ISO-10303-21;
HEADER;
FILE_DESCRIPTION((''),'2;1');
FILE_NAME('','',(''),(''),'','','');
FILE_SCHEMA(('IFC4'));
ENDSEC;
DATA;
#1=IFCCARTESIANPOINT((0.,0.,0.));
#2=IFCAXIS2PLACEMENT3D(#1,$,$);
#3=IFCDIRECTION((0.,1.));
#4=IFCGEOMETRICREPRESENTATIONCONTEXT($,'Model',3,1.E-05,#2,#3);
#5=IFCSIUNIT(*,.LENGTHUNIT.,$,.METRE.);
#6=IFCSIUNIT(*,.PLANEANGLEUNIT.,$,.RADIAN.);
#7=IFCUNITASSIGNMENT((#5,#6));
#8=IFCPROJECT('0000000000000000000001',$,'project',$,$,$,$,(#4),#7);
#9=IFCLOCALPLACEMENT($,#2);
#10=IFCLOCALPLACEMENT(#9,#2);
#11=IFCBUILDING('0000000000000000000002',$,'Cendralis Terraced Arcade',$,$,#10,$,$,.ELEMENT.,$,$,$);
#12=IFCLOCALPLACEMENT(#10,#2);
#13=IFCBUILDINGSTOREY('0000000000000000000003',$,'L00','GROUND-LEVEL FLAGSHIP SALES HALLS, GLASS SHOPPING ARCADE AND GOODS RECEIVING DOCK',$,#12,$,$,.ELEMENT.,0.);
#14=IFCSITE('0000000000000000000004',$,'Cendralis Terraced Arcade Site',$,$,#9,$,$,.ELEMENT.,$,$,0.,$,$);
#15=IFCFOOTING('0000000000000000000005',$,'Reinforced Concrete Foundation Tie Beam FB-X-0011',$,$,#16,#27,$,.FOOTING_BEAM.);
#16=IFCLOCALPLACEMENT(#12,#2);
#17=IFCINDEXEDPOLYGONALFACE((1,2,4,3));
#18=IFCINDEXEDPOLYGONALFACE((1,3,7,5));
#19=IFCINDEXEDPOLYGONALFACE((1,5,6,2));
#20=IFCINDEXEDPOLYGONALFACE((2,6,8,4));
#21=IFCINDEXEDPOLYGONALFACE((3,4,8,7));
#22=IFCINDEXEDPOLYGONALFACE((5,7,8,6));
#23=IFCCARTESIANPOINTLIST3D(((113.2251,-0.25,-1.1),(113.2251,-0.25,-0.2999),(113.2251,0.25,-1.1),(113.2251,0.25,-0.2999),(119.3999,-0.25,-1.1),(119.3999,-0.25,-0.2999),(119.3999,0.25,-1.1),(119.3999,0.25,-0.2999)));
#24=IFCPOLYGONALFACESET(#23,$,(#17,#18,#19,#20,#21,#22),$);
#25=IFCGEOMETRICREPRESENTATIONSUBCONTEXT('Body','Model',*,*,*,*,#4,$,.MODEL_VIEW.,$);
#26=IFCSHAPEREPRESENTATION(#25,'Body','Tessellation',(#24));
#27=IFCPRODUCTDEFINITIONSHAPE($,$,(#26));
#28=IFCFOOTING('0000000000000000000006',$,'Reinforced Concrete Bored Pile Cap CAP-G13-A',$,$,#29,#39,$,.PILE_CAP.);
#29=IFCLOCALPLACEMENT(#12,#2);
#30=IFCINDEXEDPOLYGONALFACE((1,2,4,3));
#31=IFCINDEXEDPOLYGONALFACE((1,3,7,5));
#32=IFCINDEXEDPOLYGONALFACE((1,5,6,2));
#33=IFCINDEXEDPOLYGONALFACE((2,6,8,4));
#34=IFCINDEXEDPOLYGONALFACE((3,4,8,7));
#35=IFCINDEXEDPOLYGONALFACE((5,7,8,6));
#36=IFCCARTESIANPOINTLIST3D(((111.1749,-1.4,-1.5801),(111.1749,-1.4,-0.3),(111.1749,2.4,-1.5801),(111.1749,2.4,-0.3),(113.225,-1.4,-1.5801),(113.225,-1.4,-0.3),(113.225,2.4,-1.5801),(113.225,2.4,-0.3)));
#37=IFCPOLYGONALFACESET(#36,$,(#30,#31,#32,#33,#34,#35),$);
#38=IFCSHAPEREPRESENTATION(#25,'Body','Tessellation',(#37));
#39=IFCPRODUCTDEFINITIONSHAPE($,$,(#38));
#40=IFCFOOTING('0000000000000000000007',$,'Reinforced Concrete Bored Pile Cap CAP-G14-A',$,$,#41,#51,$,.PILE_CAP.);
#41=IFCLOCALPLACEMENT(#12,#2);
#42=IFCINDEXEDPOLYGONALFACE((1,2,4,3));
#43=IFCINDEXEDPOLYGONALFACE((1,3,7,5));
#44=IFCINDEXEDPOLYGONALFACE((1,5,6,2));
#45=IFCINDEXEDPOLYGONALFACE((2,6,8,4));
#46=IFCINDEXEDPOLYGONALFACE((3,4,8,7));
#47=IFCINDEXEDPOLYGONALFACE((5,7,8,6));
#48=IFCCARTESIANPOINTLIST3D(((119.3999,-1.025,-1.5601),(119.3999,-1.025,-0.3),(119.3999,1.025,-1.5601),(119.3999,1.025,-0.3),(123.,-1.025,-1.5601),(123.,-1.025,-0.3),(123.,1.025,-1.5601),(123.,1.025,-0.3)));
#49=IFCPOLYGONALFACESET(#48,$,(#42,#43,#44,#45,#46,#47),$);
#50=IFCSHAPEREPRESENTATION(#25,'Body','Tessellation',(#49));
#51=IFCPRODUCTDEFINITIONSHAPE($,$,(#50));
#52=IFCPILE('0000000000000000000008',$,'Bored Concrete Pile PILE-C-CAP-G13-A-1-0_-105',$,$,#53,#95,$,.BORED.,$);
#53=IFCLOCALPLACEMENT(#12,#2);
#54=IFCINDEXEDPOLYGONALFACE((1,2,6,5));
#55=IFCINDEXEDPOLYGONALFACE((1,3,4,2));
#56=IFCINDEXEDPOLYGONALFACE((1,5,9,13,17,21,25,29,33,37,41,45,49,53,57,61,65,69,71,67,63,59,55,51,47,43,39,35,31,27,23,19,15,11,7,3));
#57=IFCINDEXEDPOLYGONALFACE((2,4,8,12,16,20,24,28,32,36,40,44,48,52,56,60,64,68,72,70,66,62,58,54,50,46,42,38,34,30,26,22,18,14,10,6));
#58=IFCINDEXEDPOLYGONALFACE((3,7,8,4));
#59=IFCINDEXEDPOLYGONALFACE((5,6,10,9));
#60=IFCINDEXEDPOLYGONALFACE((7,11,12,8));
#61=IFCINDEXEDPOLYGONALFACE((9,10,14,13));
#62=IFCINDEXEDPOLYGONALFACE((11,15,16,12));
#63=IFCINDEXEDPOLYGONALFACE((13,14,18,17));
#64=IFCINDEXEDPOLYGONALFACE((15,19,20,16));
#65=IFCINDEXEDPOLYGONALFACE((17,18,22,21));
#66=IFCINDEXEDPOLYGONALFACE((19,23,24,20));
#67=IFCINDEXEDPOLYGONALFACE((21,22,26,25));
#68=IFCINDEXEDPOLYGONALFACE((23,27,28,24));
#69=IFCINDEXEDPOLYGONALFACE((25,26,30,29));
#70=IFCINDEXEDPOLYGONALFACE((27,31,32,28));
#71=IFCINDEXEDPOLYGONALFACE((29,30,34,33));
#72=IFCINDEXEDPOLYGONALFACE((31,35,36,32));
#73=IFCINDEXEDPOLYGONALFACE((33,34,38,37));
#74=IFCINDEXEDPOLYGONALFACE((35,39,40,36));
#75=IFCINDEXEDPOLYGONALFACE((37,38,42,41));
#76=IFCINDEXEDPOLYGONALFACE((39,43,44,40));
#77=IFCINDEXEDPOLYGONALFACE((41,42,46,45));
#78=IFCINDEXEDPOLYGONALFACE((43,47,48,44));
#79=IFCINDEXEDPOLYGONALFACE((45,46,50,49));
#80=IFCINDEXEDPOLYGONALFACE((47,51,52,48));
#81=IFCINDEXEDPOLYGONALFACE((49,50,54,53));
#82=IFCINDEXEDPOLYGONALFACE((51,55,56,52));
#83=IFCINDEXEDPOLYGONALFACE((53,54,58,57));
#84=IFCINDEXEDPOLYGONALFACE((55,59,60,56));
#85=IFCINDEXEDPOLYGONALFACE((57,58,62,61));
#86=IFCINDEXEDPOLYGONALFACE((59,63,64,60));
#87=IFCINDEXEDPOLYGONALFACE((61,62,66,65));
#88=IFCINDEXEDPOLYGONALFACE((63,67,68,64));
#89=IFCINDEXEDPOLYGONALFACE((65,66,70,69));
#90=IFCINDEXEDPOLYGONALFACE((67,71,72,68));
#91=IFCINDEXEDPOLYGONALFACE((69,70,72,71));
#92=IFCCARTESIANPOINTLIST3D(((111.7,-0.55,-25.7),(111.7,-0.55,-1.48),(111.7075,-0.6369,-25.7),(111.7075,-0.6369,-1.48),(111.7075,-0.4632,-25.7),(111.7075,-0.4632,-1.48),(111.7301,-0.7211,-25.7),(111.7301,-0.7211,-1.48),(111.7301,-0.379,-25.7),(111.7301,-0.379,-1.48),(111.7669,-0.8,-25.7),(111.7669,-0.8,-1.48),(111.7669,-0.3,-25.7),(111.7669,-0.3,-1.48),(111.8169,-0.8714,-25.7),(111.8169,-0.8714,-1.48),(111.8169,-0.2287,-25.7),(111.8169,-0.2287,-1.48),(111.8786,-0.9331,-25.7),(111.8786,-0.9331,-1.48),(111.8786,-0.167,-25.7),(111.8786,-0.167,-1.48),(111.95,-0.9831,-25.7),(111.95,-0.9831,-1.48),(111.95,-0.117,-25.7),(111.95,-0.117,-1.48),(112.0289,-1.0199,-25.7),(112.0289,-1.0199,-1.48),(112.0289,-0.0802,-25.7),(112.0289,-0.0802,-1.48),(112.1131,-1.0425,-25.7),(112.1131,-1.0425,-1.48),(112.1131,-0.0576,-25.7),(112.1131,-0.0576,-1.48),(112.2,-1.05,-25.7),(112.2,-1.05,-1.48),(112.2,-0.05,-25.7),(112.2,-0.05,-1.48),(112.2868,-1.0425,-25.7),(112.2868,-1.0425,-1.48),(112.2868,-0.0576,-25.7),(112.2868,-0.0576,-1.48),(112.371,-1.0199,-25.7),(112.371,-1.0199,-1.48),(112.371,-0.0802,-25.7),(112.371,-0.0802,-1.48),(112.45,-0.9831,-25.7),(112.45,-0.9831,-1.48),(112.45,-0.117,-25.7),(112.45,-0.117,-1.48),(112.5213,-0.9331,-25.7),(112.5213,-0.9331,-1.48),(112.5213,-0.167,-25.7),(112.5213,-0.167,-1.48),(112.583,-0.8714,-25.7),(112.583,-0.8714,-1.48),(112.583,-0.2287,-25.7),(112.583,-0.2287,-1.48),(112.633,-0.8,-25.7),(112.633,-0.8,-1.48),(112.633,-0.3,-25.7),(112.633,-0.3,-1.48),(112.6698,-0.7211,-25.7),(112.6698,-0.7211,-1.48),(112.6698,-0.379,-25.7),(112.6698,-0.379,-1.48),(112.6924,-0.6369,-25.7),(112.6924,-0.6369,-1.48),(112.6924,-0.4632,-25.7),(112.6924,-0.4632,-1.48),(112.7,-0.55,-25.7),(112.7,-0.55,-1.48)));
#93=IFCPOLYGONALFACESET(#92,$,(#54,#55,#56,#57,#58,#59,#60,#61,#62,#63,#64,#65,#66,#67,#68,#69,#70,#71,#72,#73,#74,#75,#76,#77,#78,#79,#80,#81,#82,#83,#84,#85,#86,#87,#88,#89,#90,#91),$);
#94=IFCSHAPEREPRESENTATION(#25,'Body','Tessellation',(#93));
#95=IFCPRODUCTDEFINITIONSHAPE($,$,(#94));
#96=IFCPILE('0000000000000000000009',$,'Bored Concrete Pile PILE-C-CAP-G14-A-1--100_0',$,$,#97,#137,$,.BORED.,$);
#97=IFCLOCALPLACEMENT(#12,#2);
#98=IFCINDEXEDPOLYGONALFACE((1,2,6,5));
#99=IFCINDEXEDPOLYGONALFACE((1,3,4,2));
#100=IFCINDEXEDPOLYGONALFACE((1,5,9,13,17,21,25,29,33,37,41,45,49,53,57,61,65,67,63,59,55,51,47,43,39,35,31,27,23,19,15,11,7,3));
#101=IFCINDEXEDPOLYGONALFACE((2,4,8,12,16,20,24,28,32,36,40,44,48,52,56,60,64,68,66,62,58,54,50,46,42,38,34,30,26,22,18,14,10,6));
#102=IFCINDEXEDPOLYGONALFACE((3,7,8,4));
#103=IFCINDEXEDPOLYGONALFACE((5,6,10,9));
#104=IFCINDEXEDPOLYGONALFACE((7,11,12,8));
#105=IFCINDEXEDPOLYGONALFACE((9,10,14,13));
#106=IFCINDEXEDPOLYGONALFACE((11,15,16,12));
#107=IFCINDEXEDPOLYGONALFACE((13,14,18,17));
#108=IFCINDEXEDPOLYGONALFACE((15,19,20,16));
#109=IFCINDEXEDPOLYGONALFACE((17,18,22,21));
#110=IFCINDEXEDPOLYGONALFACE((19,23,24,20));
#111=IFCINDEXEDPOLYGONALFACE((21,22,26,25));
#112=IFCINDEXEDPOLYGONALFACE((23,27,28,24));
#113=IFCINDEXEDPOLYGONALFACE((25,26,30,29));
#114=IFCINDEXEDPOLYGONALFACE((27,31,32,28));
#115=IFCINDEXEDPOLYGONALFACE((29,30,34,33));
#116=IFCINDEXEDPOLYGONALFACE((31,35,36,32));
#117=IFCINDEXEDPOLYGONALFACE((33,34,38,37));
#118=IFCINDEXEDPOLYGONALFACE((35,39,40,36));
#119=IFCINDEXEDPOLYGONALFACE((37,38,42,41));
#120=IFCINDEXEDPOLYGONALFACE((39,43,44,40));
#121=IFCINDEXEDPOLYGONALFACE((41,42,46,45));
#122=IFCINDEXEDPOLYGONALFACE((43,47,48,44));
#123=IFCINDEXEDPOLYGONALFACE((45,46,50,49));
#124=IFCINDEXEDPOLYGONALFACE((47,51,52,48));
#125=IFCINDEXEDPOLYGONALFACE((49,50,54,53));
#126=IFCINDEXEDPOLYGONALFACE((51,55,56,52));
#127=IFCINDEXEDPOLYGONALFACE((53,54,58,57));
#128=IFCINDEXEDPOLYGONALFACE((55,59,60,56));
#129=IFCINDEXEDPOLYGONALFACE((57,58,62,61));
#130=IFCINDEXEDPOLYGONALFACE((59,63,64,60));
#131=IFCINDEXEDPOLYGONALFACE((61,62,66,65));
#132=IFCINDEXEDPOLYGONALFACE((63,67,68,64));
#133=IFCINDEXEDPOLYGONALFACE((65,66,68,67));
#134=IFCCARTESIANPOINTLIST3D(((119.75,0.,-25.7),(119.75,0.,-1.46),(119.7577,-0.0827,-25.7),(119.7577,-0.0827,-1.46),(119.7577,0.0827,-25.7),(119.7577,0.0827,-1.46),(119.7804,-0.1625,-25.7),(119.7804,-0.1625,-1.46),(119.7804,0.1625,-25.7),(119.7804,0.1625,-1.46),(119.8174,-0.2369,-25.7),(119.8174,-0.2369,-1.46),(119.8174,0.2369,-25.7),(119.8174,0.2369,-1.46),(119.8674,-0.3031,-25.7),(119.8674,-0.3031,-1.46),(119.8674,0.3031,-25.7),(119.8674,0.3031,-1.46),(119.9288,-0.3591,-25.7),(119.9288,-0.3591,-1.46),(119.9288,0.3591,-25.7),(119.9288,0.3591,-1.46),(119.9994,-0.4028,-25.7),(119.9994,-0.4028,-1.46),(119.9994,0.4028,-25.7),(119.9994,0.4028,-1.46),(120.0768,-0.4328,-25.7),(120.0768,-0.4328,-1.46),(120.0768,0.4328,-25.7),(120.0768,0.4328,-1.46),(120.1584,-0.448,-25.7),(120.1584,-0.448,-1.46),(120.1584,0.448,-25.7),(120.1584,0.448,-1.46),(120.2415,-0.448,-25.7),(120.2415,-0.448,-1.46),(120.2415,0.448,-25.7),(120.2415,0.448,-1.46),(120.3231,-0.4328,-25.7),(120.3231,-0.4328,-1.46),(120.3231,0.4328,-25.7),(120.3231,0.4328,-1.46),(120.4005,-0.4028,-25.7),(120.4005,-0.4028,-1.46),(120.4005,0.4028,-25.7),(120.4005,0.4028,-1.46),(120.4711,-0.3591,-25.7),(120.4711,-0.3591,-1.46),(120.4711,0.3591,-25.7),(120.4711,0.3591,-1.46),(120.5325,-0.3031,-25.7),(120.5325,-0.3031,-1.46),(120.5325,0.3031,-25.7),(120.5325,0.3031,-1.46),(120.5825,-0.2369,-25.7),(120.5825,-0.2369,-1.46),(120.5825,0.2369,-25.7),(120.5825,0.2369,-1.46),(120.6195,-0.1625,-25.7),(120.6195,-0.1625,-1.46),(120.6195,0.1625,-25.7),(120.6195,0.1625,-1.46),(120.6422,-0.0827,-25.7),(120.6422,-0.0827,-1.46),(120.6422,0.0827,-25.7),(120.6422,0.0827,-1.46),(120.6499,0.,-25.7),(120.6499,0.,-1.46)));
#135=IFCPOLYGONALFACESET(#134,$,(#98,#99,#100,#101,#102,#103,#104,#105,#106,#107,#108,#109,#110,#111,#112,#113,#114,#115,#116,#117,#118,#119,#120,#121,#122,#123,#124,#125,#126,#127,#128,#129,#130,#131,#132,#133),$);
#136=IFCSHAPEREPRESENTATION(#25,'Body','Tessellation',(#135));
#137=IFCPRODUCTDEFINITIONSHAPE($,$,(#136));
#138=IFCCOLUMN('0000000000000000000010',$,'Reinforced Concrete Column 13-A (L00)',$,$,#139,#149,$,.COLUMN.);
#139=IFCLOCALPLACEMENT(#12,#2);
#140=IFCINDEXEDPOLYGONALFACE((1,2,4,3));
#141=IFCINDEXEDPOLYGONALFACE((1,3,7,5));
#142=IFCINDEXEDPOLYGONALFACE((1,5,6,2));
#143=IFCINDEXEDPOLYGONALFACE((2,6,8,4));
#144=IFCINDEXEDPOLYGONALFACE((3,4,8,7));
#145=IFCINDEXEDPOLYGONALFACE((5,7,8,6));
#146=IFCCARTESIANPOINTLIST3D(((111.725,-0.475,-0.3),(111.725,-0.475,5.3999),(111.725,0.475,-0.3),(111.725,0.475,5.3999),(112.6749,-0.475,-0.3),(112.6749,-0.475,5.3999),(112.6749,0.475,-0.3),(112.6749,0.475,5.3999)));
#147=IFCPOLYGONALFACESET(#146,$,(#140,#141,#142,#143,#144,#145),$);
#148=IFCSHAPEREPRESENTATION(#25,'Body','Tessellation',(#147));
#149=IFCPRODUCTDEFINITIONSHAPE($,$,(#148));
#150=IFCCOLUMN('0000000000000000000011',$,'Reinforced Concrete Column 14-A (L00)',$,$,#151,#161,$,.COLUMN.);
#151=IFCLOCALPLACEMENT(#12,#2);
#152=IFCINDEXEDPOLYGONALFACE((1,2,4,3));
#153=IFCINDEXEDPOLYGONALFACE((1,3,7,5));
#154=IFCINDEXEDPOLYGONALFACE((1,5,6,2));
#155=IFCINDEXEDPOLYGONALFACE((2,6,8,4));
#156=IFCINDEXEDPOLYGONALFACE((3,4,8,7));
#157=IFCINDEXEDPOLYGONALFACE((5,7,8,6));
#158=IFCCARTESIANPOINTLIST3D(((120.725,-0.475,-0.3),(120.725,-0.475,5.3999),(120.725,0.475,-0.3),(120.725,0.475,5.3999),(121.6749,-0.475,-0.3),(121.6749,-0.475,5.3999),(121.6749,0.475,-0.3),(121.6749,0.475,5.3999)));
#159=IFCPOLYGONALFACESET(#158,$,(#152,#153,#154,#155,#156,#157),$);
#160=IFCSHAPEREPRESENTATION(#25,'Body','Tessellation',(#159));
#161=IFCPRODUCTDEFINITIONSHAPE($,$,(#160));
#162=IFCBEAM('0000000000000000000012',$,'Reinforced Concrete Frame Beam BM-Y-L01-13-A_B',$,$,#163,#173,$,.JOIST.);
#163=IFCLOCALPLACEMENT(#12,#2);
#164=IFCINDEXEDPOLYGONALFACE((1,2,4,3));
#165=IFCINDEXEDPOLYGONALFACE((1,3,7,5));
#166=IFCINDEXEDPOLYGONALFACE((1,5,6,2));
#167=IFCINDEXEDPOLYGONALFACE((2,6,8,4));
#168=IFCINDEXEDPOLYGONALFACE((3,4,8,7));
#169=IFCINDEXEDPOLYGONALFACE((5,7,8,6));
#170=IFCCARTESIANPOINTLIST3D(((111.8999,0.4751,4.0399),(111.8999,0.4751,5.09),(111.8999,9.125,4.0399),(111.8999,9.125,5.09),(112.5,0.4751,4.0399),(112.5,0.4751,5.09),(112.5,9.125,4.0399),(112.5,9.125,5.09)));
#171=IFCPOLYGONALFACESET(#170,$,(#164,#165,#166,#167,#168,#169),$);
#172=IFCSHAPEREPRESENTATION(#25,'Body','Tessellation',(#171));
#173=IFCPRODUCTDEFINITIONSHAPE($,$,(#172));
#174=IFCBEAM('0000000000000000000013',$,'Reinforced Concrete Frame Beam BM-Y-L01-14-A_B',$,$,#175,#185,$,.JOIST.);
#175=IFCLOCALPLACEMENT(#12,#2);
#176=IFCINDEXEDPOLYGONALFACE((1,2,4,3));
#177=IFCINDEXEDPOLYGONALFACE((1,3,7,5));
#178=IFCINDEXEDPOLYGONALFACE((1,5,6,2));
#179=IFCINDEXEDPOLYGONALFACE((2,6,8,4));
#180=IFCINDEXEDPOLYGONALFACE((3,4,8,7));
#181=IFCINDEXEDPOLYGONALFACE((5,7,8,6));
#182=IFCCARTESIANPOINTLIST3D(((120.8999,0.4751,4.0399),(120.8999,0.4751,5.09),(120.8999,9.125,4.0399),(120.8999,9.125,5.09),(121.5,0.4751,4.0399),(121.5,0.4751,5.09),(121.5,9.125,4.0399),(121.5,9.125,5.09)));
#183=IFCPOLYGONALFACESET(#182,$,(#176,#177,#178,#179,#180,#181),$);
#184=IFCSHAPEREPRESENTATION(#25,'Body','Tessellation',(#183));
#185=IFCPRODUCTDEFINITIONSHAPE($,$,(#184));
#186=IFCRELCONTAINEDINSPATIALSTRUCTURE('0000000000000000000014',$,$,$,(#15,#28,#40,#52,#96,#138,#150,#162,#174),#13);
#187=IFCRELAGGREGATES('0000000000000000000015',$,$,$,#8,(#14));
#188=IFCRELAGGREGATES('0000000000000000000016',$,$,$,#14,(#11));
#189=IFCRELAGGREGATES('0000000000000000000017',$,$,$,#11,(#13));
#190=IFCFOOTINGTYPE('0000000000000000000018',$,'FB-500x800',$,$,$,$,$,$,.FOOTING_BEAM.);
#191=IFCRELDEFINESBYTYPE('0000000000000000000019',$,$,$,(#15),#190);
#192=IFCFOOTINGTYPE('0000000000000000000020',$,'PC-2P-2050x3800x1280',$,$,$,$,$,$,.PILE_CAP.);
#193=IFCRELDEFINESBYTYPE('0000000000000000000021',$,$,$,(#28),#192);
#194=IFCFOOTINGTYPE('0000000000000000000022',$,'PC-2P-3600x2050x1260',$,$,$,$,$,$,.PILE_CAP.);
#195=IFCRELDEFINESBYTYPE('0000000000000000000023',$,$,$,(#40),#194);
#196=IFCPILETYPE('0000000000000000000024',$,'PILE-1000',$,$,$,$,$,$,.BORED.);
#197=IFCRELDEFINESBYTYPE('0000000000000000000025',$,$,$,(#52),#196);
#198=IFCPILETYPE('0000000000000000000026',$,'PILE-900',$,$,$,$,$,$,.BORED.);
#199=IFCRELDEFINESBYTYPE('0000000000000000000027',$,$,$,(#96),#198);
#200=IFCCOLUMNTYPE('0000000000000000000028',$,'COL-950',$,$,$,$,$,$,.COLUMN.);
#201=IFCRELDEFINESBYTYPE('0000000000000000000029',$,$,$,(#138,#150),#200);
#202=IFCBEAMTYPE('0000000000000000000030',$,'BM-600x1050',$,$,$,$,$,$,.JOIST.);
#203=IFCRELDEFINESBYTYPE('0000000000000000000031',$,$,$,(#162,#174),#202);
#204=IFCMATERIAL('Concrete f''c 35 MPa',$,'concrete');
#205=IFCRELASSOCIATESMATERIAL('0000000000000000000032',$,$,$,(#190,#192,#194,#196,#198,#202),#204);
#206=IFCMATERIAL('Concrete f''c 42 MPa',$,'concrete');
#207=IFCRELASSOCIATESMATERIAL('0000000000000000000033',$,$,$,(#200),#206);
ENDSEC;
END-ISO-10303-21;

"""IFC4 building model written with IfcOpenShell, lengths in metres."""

from ifc_helpers import new_model, si_unit, direction, frame, origin, origin_2d, place, context, subcontext, project, spatial, rectangle, circle, extrude, material, material_profile, profile_set, type_object, element, save


model = new_model("IFC4")

# Units and contexts
model_context = context("Model", 3, precision=1e-05, world=origin(), true_north=direction((0.0, 1.0)))
body_context = subcontext(model_context, "Body", "Model", "MODEL_VIEW")
ifc_project = project(units=[si_unit("LENGTHUNIT", "METRE"), si_unit("PLANEANGLEUNIT", "RADIAN")], contexts=[model_context])

# Site, building, storey
site_placement = place(None, origin())
site = spatial("IfcSite", under=ifc_project, at=site_placement, Name="Cendralis Terraced Arcade Site", CompositionType="ELEMENT", RefElevation=0.0)
building_placement = place(site_placement, origin())
building = spatial("IfcBuilding", under=site, at=building_placement, Name="Cendralis Terraced Arcade", CompositionType="ELEMENT")
storey_placement = place(building_placement, origin())
storey = spatial("IfcBuildingStorey", under=building, at=storey_placement, Name="L00", Description="GROUND-LEVEL FLAGSHIP SALES HALLS, GLASS SHOPPING ARCADE AND GOODS RECEIVING DOCK", CompositionType="ELEMENT", Elevation=0.0)

# Footings
ifc_material_1 = material(Name="Concrete f'c 35 MPa", Category="concrete")
ifc_material_profile_1 = material_profile(ifc_material_1, rectangle(XDim=0.5, YDim=0.8, at=origin_2d()), Name="FB-500x800", Category="LoadBearing")
ifc_profile_set_1 = profile_set([ifc_material_profile_1], Name="Concrete f'c 35 MPa")
footing_type_1 = type_object("IfcFootingType", Name="FB-500x800", PredefinedType="FOOTING_BEAM", material=ifc_profile_set_1)
footing_1_placement = place(storey_placement, frame((113.2251, 0.0, -0.7), z_axis=(1.0, 0.0, 0.0), x_axis=(0.0, 1.0, 0.0)))
element("IfcFooting", 1, at=footing_1_placement, inside=storey, type_object=footing_type_1, Name="Reinforced Concrete Foundation Tie Beam FB-X-0011", PredefinedType="FOOTING_BEAM", context=body_context, shape_type="SweptSolid", body=[
    extrude(rectangle(XDim=0.5, YDim=0.8, at=origin_2d()), origin(), (0.0, 0.0, 1.0), 6.1748),
])
footing_type_2 = type_object("IfcFootingType", Name="PC-2P-2050x3800x1280", PredefinedType="PILE_CAP", material=ifc_material_1)
footing_2_placement = place(storey_placement, frame((112.2, 0.5, -1.5801), z_axis=(0.0, 0.0, 1.0), x_axis=(1.0, 0.0, 0.0)))
element("IfcFooting", 2, at=footing_2_placement, inside=storey, type_object=footing_type_2, Name="Reinforced Concrete Bored Pile Cap CAP-G13-A", PredefinedType="PILE_CAP", context=body_context, shape_type="SweptSolid", body=[
    extrude(rectangle(XDim=2.05, YDim=3.8, at=origin_2d()), origin(), (0.0, 0.0, 1.0), 1.28),
])
footing_type_3 = type_object("IfcFootingType", Name="PC-2P-3600x2050x1260", PredefinedType="PILE_CAP", material=ifc_material_1)
footing_3_placement = place(storey_placement, frame((121.2, 0.0, -1.5601), z_axis=(0.0, 0.0, 1.0), x_axis=(1.0, 0.0, 0.0)))
element("IfcFooting", 3, at=footing_3_placement, inside=storey, type_object=footing_type_3, Name="Reinforced Concrete Bored Pile Cap CAP-G14-A", PredefinedType="PILE_CAP", context=body_context, shape_type="SweptSolid", body=[
    extrude(rectangle(XDim=3.6001, YDim=2.05, at=origin_2d()), origin(), (0.0, 0.0, 1.0), 1.26),
])

# Piles
ifc_material_profile_2 = material_profile(ifc_material_1, circle(Radius=0.5, at=origin_2d()), Name="PILE-D1000", Category="LoadBearing")
ifc_profile_set_2 = profile_set([ifc_material_profile_2], Name="Concrete f'c 35 MPa")
pile_type_1 = type_object("IfcPileType", Name="PILE-1000", PredefinedType="BORED", material=ifc_profile_set_2)
pile_1_placement = place(storey_placement, frame((112.2, -0.55, -1.48), z_axis=(0.0, 0.0, -1.0), x_axis=(1.0, 0.0, 0.0)))
element("IfcPile", 4, at=pile_1_placement, inside=storey, type_object=pile_type_1, Name="Bored Concrete Pile PILE-C-CAP-G13-A-1-0_-105", PredefinedType="BORED", context=body_context, shape_type="SweptSolid", body=[
    extrude(circle(Radius=0.5, at=origin_2d()), origin(), (0.0, 0.0, 1.0), 24.22),
])
ifc_material_profile_3 = material_profile(ifc_material_1, circle(Radius=0.45, at=origin_2d()), Name="PILE-D900", Category="LoadBearing")
ifc_profile_set_3 = profile_set([ifc_material_profile_3], Name="Concrete f'c 35 MPa")
pile_type_2 = type_object("IfcPileType", Name="PILE-900", PredefinedType="BORED", material=ifc_profile_set_3)
pile_2_placement = place(storey_placement, frame((120.2, 0.0, -1.46), z_axis=(0.0, 0.0, -1.0), x_axis=(1.0, 0.0, 0.0)))
element("IfcPile", 5, at=pile_2_placement, inside=storey, type_object=pile_type_2, Name="Bored Concrete Pile PILE-C-CAP-G14-A-1--100_0", PredefinedType="BORED", context=body_context, shape_type="SweptSolid", body=[
    extrude(circle(Radius=0.45, at=origin_2d()), origin(), (0.0, 0.0, 1.0), 24.24),
])

# Columns
ifc_material_2 = material(Name="Concrete f'c 42 MPa", Category="concrete")
ifc_material_profile_4 = material_profile(ifc_material_2, rectangle(XDim=0.95, YDim=0.95, at=origin_2d()), Name="RC-COL-950x950", Category="LoadBearing")
ifc_profile_set_4 = profile_set([ifc_material_profile_4], Name="Concrete f'c 42 MPa")
column_type = type_object("IfcColumnType", Name="COL-950", PredefinedType="COLUMN", material=ifc_profile_set_4)
for number, where, z_axis, x_axis, name in (
    (6, (112.2, 0.0, -0.3), (0.0, 0.0, 1.0), (1.0, 0.0, 0.0), "Reinforced Concrete Column 13-A (L00)"),
    (7, (121.2, 0.0, -0.3), (0.0, 0.0, 1.0), (1.0, 0.0, 0.0), "Reinforced Concrete Column 14-A (L00)"),
):
    element("IfcColumn", number, at=place(storey_placement, frame(where, z_axis=z_axis, x_axis=x_axis)), inside=storey, type_object=column_type, Name=name, PredefinedType="COLUMN", context=body_context, shape_type="SweptSolid", body=[
        extrude(rectangle(XDim=0.95, YDim=0.95, at=origin_2d()), origin(), (0.0, 0.0, 1.0), 5.7),
    ])

# Beams
ifc_material_profile_5 = material_profile(ifc_material_1, rectangle(XDim=0.6001, YDim=1.05, at=origin_2d()), Name="RC-BM-600x1050", Category="LoadBearing")
ifc_profile_set_5 = profile_set([ifc_material_profile_5], Name="Concrete f'c 35 MPa")
beam_type = type_object("IfcBeamType", Name="BM-600x1050", PredefinedType="JOIST", material=ifc_profile_set_5)
for number, where, z_axis, x_axis, name in (
    (8, (112.2, 0.4751, 4.5649), (0.0, 1.0, 0.0), (-1.0, 0.0, 0.0), "Reinforced Concrete Frame Beam BM-Y-L01-13-A_B"),
    (9, (121.2, 0.4751, 4.5649), (0.0, 1.0, 0.0), (-1.0, 0.0, 0.0), "Reinforced Concrete Frame Beam BM-Y-L01-14-A_B"),
):
    element("IfcBeam", number, at=place(storey_placement, frame(where, z_axis=z_axis, x_axis=x_axis)), inside=storey, type_object=beam_type, Name=name, PredefinedType="JOIST", context=body_context, shape_type="SweptSolid", body=[
        extrude(rectangle(XDim=0.6001, YDim=1.05, at=origin_2d()), origin(), (0.0, 0.0, 1.0), 8.6499),
    ])

save(model, "model.ifc")
